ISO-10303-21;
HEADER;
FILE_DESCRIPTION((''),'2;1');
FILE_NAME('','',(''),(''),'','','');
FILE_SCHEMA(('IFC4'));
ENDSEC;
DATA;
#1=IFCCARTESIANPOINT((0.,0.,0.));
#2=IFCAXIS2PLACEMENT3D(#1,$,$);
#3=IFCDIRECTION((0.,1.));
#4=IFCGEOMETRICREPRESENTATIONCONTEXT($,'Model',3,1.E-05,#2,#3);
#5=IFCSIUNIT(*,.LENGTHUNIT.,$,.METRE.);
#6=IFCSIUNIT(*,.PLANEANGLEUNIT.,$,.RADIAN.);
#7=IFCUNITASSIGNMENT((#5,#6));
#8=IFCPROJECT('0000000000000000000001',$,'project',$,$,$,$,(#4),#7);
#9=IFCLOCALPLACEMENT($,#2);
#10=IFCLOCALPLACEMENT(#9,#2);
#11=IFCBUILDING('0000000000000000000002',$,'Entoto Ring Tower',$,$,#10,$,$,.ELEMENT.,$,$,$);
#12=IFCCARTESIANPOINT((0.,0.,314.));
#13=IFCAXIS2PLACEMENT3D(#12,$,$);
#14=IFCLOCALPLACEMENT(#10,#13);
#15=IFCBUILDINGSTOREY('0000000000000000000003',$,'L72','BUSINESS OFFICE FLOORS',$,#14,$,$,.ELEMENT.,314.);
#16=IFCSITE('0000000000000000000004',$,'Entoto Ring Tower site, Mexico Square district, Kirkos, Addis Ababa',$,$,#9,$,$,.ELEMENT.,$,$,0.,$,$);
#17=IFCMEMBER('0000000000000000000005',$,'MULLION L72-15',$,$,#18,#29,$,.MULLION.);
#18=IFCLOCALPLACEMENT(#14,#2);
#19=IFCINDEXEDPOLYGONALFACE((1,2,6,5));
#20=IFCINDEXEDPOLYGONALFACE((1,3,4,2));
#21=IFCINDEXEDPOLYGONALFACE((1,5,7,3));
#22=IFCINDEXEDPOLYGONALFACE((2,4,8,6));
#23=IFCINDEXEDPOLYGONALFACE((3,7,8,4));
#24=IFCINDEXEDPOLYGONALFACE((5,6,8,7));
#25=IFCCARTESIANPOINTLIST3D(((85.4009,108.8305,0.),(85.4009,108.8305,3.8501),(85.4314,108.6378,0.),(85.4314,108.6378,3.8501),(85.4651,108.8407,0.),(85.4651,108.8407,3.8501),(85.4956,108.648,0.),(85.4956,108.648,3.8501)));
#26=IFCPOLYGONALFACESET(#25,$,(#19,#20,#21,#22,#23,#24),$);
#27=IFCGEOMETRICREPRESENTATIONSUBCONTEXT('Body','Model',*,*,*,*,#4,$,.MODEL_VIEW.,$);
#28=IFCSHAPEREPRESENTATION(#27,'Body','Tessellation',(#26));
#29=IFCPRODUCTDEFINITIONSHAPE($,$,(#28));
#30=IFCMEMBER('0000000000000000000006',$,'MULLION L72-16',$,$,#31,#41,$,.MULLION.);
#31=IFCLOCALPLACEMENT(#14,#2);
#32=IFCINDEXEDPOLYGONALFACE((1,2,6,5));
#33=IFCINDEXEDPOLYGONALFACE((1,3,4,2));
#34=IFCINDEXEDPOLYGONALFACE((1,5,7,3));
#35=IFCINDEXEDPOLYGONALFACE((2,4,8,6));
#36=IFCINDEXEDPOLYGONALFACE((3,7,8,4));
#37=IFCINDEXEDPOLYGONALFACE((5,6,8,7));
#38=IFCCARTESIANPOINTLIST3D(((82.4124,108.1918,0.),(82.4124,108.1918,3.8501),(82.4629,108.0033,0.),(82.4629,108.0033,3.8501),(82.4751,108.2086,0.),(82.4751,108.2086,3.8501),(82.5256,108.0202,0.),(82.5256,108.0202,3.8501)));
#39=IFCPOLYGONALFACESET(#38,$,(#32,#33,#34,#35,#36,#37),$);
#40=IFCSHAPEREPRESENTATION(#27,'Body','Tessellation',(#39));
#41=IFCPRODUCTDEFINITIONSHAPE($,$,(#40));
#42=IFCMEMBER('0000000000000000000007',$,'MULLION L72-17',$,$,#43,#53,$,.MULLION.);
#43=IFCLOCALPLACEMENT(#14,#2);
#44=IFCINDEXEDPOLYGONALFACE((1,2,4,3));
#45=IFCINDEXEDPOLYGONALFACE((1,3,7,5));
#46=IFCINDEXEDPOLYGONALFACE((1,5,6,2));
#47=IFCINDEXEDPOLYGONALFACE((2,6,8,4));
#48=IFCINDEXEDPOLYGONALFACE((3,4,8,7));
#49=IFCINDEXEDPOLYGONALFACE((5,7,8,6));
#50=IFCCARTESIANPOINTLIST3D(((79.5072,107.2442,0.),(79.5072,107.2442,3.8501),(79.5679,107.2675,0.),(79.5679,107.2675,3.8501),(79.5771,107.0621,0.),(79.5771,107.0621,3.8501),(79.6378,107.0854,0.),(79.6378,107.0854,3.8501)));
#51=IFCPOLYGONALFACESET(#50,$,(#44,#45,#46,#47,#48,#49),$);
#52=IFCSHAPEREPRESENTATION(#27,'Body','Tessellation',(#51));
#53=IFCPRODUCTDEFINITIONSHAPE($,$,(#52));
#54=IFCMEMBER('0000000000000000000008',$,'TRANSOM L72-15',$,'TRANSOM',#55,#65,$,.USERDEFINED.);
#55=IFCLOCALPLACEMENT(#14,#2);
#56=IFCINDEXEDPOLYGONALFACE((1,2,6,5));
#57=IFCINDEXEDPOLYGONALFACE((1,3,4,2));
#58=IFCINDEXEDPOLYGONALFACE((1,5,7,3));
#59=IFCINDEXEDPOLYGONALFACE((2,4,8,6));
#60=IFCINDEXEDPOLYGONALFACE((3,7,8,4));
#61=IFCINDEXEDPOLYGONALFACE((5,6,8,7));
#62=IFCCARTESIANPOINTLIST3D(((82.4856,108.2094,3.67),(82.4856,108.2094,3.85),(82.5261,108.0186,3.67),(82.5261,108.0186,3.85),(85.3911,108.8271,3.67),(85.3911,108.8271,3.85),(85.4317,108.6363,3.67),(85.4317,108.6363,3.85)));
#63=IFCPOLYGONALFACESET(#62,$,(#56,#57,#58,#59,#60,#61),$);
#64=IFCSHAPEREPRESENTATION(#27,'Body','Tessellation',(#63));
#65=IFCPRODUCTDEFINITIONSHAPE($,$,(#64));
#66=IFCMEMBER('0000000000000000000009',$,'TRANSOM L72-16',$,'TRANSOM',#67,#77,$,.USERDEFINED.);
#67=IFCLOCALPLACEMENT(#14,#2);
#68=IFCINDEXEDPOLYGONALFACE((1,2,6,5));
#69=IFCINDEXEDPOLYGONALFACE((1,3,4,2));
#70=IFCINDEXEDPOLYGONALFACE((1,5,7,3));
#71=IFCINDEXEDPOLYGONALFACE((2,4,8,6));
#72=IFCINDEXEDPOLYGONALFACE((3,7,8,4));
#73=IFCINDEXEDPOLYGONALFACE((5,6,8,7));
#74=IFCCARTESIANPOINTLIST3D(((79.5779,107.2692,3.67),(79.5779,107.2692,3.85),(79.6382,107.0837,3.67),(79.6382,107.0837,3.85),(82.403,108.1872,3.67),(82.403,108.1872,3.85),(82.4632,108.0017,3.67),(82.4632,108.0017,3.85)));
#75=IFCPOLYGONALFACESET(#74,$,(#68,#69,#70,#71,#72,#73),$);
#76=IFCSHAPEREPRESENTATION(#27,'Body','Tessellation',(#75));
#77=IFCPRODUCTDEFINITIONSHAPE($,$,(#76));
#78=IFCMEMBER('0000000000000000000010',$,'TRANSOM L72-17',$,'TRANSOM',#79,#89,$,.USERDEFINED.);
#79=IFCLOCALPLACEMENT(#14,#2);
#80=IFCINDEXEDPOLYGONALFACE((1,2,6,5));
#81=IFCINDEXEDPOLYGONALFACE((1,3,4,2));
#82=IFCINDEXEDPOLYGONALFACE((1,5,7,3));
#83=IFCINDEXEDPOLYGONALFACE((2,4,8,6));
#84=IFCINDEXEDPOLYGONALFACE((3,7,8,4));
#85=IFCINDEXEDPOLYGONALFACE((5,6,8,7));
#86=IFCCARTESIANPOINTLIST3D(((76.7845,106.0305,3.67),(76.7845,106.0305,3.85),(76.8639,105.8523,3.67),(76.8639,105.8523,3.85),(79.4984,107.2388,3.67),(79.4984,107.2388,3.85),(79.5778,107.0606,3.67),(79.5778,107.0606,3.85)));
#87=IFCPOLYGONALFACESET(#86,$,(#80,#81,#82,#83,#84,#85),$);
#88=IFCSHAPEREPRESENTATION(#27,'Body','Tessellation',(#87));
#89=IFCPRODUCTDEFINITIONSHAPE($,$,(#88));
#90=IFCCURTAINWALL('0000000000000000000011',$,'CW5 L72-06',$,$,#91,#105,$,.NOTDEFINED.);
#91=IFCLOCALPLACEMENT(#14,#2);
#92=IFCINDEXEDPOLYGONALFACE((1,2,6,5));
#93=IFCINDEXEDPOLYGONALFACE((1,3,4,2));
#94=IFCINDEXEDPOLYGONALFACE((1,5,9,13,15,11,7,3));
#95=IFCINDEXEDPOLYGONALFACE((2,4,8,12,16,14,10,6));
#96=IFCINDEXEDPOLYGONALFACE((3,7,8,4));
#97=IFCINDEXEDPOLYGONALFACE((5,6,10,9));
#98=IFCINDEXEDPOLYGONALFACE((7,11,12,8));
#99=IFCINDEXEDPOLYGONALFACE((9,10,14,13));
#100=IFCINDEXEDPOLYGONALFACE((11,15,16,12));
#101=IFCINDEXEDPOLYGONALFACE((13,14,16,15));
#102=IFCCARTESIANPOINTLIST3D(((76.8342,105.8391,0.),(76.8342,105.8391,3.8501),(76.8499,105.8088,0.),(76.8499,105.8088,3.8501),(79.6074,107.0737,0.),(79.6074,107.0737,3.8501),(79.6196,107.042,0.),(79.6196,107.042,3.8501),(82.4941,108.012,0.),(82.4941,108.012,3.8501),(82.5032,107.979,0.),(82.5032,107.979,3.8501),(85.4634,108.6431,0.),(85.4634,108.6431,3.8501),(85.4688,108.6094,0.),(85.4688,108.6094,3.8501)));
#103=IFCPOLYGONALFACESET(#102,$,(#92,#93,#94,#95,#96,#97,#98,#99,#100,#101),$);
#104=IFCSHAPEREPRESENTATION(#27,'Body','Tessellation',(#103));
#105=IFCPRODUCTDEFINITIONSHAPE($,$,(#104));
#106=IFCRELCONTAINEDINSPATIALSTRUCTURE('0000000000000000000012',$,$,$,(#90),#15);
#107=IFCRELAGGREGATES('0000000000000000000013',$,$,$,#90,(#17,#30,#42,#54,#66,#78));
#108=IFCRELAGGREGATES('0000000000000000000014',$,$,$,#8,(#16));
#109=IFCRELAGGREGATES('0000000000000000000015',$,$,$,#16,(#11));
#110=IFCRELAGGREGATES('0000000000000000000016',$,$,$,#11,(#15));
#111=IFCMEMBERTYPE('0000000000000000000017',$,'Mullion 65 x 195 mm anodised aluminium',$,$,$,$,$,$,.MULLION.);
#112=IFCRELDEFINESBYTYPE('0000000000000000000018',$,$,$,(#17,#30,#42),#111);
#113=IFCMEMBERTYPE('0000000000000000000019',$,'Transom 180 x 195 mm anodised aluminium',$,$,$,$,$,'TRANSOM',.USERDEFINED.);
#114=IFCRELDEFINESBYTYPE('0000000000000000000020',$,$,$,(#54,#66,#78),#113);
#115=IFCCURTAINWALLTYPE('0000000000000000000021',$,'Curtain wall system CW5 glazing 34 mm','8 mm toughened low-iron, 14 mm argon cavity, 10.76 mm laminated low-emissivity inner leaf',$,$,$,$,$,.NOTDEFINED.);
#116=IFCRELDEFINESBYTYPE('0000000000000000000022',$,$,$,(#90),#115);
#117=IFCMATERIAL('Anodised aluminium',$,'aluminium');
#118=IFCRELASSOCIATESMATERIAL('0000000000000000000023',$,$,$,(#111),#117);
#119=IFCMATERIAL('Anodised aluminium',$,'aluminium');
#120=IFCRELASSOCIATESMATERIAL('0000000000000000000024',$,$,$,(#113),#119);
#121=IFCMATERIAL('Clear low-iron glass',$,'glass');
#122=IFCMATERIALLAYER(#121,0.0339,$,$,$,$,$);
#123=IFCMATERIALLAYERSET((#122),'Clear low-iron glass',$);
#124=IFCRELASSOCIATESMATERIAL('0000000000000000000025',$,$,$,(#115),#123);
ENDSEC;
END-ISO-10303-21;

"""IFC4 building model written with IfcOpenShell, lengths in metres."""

from ifc_helpers import new_model, si_unit, direction, frame, origin, origin_2d, place, context, subcontext, project, spatial, polyline, rectangle, outline, extrude, material, layer, layer_set, material_profile, profile_set, type_object, element, aggregate, save


model = new_model("IFC4")

# Units and contexts
model_context = context("Model", 3, precision=1e-05, world=origin(), true_north=direction((0.0, 1.0)))
body_context = subcontext(model_context, "Body", "Model", "MODEL_VIEW")
ifc_project = project(units=[si_unit("LENGTHUNIT", "METRE"), si_unit("PLANEANGLEUNIT", "RADIAN")], contexts=[model_context])

# Members
ifc_material_1 = material(Name="Anodised aluminium", Category="aluminium")
ifc_material_profile_1 = material_profile(ifc_material_1, rectangle(XDim=0.0649, YDim=0.1951, at=origin_2d()), Name="Mullion 65 x 195 mm anodised aluminium")
ifc_profile_set_1 = profile_set([ifc_material_profile_1], Name="Anodised aluminium")
member_type_1 = type_object("IfcMemberType", Name="Mullion 65 x 195 mm anodised aluminium", PredefinedType="MULLION", material=ifc_profile_set_1)
site_placement = place(None, origin())
building_placement = place(site_placement, origin())
storey_placement = place(building_placement, frame((0.0, 0.0, 314.0)))
member_1_placement = place(storey_placement, frame((85.4482, 108.7393, 0.0), z_axis=(0.0, 0.0, 1.0), x_axis=(-0.987688, -0.156434, 0.0)))
member_1 = element("IfcMember", 1, at=member_1_placement, type_object=member_type_1, Name="MULLION L72-15", PredefinedType="MULLION", context=body_context, shape_type="SweptSolid", body=[
    extrude(rectangle(XDim=0.0649, YDim=0.1951, at=origin_2d()), origin(), (0.0, 0.0, 1.0), 3.8501),
])
member_2_placement = place(storey_placement, frame((82.469, 108.106, 0.0), z_axis=(0.0, 0.0, 1.0), x_axis=(-0.965926, -0.258819, 0.0)))
member_2 = element("IfcMember", 2, at=member_2_placement, type_object=member_type_1, Name="MULLION L72-16", PredefinedType="MULLION", context=body_context, shape_type="SweptSolid", body=[
    extrude(rectangle(XDim=0.0649, YDim=0.1951, at=origin_2d()), origin(), (0.0, 0.0, 1.0), 3.8501),
])
member_3_placement = place(storey_placement, frame((79.5725, 107.1648, 0.0), z_axis=(0.0, 0.0, 1.0), x_axis=(-0.93358, -0.358368, 0.0)))
member_3 = element("IfcMember", 3, at=member_3_placement, type_object=member_type_1, Name="MULLION L72-17", PredefinedType="MULLION", context=body_context, shape_type="SweptSolid", body=[
    extrude(rectangle(XDim=0.0649, YDim=0.1951, at=origin_2d()), origin(), (0.0, 0.0, 1.0), 3.8501),
])
ifc_material_2 = material(Name="Anodised aluminium", Category="aluminium")
ifc_material_profile_2 = material_profile(ifc_material_2, rectangle(XDim=0.1951, YDim=0.1799, at=origin_2d()), Name="Transom 180 x 195 mm anodised aluminium")
ifc_profile_set_2 = profile_set([ifc_material_profile_2], Name="Anodised aluminium")
member_type_2 = type_object("IfcMemberType", Name="Transom 180 x 195 mm anodised aluminium", ElementType="TRANSOM", PredefinedType="USERDEFINED", material=ifc_profile_set_2)
member_4_placement = place(storey_placement, frame((85.4114, 108.7317, 3.76), z_axis=(-0.978142, -0.20794, 0.0), x_axis=(0.20794, -0.978142, 0.0)))
member_4 = element("IfcMember", 4, at=member_4_placement, type_object=member_type_2, Name="TRANSOM L72-15", ObjectType="TRANSOM", PredefinedType="USERDEFINED", context=body_context, shape_type="SweptSolid", body=[
    extrude(rectangle(XDim=0.1951, YDim=0.1799, at=origin_2d()), origin(), (0.0, 0.0, 1.0), 2.9705),
])
member_5_placement = place(storey_placement, frame((82.4331, 108.0945, 3.76), z_axis=(-0.951048, -0.309043, 0.0), x_axis=(0.309043, -0.951048, 0.0)))
member_5 = element("IfcMember", 5, at=member_5_placement, type_object=member_type_2, Name="TRANSOM L72-16", ObjectType="TRANSOM", PredefinedType="USERDEFINED", context=body_context, shape_type="SweptSolid", body=[
    extrude(rectangle(XDim=0.1951, YDim=0.1799, at=origin_2d()), origin(), (0.0, 0.0, 1.0), 2.9705),
])
member_6_placement = place(storey_placement, frame((79.5381, 107.1497, 3.76), z_axis=(-0.91355, -0.406726, 0.0), x_axis=(0.406726, -0.91355, 0.0)))
member_6 = element("IfcMember", 6, at=member_6_placement, type_object=member_type_2, Name="TRANSOM L72-17", ObjectType="TRANSOM", PredefinedType="USERDEFINED", context=body_context, shape_type="SweptSolid", body=[
    extrude(rectangle(XDim=0.1951, YDim=0.1799, at=origin_2d()), origin(), (0.0, 0.0, 1.0), 2.9707),
])

# Site, building, storey
site = spatial("IfcSite", under=ifc_project, at=site_placement, Name="Entoto Ring Tower site, Mexico Square district, Kirkos, Addis Ababa", CompositionType="ELEMENT", RefElevation=0.0)
building = spatial("IfcBuilding", under=site, at=building_placement, Name="Entoto Ring Tower", CompositionType="ELEMENT")
storey = spatial("IfcBuildingStorey", under=building, at=storey_placement, Name="L72", Description="BUSINESS OFFICE FLOORS", CompositionType="ELEMENT", Elevation=314.0)

# Curtain wall
ifc_material_3 = material(Name="Clear low-iron glass", Category="glass")
ifc_layer = layer(ifc_material_3, 0.0339)
ifc_layer_set = layer_set([ifc_layer], Name="Clear low-iron glass")
curtain_wall_type = type_object("IfcCurtainWallType", Name="Curtain wall system CW5 glazing 34 mm", Description="8 mm toughened low-iron, 14 mm argon cavity, 10.76 mm laminated low-emissivity inner leaf", PredefinedType="NOTDEFINED", material=ifc_layer_set)
curtain_wall_1_placement = place(storey_placement, origin())
curtain_wall_1 = element("IfcCurtainWall", 7, at=curtain_wall_1_placement, inside=storey, type_object=curtain_wall_type, Name="CW5 L72-06", PredefinedType="NOTDEFINED", context=body_context, shape_type="SweptSolid", body=[
    extrude(outline(polyline([(85.4634, 108.6431), (82.4941, 108.012), (79.6074, 107.0737), (76.8342, 105.8391), (76.8499, 105.8088), (79.6196, 107.042), (82.5032, 107.979), (85.4688, 108.6094), (85.4634, 108.6431)])), origin(), (0.0, 0.0, 1.0), 3.8501),
])
aggregate(curtain_wall_1, [member_1, member_2, member_3, member_4, member_5, member_6])

save(model, "model.ifc")
